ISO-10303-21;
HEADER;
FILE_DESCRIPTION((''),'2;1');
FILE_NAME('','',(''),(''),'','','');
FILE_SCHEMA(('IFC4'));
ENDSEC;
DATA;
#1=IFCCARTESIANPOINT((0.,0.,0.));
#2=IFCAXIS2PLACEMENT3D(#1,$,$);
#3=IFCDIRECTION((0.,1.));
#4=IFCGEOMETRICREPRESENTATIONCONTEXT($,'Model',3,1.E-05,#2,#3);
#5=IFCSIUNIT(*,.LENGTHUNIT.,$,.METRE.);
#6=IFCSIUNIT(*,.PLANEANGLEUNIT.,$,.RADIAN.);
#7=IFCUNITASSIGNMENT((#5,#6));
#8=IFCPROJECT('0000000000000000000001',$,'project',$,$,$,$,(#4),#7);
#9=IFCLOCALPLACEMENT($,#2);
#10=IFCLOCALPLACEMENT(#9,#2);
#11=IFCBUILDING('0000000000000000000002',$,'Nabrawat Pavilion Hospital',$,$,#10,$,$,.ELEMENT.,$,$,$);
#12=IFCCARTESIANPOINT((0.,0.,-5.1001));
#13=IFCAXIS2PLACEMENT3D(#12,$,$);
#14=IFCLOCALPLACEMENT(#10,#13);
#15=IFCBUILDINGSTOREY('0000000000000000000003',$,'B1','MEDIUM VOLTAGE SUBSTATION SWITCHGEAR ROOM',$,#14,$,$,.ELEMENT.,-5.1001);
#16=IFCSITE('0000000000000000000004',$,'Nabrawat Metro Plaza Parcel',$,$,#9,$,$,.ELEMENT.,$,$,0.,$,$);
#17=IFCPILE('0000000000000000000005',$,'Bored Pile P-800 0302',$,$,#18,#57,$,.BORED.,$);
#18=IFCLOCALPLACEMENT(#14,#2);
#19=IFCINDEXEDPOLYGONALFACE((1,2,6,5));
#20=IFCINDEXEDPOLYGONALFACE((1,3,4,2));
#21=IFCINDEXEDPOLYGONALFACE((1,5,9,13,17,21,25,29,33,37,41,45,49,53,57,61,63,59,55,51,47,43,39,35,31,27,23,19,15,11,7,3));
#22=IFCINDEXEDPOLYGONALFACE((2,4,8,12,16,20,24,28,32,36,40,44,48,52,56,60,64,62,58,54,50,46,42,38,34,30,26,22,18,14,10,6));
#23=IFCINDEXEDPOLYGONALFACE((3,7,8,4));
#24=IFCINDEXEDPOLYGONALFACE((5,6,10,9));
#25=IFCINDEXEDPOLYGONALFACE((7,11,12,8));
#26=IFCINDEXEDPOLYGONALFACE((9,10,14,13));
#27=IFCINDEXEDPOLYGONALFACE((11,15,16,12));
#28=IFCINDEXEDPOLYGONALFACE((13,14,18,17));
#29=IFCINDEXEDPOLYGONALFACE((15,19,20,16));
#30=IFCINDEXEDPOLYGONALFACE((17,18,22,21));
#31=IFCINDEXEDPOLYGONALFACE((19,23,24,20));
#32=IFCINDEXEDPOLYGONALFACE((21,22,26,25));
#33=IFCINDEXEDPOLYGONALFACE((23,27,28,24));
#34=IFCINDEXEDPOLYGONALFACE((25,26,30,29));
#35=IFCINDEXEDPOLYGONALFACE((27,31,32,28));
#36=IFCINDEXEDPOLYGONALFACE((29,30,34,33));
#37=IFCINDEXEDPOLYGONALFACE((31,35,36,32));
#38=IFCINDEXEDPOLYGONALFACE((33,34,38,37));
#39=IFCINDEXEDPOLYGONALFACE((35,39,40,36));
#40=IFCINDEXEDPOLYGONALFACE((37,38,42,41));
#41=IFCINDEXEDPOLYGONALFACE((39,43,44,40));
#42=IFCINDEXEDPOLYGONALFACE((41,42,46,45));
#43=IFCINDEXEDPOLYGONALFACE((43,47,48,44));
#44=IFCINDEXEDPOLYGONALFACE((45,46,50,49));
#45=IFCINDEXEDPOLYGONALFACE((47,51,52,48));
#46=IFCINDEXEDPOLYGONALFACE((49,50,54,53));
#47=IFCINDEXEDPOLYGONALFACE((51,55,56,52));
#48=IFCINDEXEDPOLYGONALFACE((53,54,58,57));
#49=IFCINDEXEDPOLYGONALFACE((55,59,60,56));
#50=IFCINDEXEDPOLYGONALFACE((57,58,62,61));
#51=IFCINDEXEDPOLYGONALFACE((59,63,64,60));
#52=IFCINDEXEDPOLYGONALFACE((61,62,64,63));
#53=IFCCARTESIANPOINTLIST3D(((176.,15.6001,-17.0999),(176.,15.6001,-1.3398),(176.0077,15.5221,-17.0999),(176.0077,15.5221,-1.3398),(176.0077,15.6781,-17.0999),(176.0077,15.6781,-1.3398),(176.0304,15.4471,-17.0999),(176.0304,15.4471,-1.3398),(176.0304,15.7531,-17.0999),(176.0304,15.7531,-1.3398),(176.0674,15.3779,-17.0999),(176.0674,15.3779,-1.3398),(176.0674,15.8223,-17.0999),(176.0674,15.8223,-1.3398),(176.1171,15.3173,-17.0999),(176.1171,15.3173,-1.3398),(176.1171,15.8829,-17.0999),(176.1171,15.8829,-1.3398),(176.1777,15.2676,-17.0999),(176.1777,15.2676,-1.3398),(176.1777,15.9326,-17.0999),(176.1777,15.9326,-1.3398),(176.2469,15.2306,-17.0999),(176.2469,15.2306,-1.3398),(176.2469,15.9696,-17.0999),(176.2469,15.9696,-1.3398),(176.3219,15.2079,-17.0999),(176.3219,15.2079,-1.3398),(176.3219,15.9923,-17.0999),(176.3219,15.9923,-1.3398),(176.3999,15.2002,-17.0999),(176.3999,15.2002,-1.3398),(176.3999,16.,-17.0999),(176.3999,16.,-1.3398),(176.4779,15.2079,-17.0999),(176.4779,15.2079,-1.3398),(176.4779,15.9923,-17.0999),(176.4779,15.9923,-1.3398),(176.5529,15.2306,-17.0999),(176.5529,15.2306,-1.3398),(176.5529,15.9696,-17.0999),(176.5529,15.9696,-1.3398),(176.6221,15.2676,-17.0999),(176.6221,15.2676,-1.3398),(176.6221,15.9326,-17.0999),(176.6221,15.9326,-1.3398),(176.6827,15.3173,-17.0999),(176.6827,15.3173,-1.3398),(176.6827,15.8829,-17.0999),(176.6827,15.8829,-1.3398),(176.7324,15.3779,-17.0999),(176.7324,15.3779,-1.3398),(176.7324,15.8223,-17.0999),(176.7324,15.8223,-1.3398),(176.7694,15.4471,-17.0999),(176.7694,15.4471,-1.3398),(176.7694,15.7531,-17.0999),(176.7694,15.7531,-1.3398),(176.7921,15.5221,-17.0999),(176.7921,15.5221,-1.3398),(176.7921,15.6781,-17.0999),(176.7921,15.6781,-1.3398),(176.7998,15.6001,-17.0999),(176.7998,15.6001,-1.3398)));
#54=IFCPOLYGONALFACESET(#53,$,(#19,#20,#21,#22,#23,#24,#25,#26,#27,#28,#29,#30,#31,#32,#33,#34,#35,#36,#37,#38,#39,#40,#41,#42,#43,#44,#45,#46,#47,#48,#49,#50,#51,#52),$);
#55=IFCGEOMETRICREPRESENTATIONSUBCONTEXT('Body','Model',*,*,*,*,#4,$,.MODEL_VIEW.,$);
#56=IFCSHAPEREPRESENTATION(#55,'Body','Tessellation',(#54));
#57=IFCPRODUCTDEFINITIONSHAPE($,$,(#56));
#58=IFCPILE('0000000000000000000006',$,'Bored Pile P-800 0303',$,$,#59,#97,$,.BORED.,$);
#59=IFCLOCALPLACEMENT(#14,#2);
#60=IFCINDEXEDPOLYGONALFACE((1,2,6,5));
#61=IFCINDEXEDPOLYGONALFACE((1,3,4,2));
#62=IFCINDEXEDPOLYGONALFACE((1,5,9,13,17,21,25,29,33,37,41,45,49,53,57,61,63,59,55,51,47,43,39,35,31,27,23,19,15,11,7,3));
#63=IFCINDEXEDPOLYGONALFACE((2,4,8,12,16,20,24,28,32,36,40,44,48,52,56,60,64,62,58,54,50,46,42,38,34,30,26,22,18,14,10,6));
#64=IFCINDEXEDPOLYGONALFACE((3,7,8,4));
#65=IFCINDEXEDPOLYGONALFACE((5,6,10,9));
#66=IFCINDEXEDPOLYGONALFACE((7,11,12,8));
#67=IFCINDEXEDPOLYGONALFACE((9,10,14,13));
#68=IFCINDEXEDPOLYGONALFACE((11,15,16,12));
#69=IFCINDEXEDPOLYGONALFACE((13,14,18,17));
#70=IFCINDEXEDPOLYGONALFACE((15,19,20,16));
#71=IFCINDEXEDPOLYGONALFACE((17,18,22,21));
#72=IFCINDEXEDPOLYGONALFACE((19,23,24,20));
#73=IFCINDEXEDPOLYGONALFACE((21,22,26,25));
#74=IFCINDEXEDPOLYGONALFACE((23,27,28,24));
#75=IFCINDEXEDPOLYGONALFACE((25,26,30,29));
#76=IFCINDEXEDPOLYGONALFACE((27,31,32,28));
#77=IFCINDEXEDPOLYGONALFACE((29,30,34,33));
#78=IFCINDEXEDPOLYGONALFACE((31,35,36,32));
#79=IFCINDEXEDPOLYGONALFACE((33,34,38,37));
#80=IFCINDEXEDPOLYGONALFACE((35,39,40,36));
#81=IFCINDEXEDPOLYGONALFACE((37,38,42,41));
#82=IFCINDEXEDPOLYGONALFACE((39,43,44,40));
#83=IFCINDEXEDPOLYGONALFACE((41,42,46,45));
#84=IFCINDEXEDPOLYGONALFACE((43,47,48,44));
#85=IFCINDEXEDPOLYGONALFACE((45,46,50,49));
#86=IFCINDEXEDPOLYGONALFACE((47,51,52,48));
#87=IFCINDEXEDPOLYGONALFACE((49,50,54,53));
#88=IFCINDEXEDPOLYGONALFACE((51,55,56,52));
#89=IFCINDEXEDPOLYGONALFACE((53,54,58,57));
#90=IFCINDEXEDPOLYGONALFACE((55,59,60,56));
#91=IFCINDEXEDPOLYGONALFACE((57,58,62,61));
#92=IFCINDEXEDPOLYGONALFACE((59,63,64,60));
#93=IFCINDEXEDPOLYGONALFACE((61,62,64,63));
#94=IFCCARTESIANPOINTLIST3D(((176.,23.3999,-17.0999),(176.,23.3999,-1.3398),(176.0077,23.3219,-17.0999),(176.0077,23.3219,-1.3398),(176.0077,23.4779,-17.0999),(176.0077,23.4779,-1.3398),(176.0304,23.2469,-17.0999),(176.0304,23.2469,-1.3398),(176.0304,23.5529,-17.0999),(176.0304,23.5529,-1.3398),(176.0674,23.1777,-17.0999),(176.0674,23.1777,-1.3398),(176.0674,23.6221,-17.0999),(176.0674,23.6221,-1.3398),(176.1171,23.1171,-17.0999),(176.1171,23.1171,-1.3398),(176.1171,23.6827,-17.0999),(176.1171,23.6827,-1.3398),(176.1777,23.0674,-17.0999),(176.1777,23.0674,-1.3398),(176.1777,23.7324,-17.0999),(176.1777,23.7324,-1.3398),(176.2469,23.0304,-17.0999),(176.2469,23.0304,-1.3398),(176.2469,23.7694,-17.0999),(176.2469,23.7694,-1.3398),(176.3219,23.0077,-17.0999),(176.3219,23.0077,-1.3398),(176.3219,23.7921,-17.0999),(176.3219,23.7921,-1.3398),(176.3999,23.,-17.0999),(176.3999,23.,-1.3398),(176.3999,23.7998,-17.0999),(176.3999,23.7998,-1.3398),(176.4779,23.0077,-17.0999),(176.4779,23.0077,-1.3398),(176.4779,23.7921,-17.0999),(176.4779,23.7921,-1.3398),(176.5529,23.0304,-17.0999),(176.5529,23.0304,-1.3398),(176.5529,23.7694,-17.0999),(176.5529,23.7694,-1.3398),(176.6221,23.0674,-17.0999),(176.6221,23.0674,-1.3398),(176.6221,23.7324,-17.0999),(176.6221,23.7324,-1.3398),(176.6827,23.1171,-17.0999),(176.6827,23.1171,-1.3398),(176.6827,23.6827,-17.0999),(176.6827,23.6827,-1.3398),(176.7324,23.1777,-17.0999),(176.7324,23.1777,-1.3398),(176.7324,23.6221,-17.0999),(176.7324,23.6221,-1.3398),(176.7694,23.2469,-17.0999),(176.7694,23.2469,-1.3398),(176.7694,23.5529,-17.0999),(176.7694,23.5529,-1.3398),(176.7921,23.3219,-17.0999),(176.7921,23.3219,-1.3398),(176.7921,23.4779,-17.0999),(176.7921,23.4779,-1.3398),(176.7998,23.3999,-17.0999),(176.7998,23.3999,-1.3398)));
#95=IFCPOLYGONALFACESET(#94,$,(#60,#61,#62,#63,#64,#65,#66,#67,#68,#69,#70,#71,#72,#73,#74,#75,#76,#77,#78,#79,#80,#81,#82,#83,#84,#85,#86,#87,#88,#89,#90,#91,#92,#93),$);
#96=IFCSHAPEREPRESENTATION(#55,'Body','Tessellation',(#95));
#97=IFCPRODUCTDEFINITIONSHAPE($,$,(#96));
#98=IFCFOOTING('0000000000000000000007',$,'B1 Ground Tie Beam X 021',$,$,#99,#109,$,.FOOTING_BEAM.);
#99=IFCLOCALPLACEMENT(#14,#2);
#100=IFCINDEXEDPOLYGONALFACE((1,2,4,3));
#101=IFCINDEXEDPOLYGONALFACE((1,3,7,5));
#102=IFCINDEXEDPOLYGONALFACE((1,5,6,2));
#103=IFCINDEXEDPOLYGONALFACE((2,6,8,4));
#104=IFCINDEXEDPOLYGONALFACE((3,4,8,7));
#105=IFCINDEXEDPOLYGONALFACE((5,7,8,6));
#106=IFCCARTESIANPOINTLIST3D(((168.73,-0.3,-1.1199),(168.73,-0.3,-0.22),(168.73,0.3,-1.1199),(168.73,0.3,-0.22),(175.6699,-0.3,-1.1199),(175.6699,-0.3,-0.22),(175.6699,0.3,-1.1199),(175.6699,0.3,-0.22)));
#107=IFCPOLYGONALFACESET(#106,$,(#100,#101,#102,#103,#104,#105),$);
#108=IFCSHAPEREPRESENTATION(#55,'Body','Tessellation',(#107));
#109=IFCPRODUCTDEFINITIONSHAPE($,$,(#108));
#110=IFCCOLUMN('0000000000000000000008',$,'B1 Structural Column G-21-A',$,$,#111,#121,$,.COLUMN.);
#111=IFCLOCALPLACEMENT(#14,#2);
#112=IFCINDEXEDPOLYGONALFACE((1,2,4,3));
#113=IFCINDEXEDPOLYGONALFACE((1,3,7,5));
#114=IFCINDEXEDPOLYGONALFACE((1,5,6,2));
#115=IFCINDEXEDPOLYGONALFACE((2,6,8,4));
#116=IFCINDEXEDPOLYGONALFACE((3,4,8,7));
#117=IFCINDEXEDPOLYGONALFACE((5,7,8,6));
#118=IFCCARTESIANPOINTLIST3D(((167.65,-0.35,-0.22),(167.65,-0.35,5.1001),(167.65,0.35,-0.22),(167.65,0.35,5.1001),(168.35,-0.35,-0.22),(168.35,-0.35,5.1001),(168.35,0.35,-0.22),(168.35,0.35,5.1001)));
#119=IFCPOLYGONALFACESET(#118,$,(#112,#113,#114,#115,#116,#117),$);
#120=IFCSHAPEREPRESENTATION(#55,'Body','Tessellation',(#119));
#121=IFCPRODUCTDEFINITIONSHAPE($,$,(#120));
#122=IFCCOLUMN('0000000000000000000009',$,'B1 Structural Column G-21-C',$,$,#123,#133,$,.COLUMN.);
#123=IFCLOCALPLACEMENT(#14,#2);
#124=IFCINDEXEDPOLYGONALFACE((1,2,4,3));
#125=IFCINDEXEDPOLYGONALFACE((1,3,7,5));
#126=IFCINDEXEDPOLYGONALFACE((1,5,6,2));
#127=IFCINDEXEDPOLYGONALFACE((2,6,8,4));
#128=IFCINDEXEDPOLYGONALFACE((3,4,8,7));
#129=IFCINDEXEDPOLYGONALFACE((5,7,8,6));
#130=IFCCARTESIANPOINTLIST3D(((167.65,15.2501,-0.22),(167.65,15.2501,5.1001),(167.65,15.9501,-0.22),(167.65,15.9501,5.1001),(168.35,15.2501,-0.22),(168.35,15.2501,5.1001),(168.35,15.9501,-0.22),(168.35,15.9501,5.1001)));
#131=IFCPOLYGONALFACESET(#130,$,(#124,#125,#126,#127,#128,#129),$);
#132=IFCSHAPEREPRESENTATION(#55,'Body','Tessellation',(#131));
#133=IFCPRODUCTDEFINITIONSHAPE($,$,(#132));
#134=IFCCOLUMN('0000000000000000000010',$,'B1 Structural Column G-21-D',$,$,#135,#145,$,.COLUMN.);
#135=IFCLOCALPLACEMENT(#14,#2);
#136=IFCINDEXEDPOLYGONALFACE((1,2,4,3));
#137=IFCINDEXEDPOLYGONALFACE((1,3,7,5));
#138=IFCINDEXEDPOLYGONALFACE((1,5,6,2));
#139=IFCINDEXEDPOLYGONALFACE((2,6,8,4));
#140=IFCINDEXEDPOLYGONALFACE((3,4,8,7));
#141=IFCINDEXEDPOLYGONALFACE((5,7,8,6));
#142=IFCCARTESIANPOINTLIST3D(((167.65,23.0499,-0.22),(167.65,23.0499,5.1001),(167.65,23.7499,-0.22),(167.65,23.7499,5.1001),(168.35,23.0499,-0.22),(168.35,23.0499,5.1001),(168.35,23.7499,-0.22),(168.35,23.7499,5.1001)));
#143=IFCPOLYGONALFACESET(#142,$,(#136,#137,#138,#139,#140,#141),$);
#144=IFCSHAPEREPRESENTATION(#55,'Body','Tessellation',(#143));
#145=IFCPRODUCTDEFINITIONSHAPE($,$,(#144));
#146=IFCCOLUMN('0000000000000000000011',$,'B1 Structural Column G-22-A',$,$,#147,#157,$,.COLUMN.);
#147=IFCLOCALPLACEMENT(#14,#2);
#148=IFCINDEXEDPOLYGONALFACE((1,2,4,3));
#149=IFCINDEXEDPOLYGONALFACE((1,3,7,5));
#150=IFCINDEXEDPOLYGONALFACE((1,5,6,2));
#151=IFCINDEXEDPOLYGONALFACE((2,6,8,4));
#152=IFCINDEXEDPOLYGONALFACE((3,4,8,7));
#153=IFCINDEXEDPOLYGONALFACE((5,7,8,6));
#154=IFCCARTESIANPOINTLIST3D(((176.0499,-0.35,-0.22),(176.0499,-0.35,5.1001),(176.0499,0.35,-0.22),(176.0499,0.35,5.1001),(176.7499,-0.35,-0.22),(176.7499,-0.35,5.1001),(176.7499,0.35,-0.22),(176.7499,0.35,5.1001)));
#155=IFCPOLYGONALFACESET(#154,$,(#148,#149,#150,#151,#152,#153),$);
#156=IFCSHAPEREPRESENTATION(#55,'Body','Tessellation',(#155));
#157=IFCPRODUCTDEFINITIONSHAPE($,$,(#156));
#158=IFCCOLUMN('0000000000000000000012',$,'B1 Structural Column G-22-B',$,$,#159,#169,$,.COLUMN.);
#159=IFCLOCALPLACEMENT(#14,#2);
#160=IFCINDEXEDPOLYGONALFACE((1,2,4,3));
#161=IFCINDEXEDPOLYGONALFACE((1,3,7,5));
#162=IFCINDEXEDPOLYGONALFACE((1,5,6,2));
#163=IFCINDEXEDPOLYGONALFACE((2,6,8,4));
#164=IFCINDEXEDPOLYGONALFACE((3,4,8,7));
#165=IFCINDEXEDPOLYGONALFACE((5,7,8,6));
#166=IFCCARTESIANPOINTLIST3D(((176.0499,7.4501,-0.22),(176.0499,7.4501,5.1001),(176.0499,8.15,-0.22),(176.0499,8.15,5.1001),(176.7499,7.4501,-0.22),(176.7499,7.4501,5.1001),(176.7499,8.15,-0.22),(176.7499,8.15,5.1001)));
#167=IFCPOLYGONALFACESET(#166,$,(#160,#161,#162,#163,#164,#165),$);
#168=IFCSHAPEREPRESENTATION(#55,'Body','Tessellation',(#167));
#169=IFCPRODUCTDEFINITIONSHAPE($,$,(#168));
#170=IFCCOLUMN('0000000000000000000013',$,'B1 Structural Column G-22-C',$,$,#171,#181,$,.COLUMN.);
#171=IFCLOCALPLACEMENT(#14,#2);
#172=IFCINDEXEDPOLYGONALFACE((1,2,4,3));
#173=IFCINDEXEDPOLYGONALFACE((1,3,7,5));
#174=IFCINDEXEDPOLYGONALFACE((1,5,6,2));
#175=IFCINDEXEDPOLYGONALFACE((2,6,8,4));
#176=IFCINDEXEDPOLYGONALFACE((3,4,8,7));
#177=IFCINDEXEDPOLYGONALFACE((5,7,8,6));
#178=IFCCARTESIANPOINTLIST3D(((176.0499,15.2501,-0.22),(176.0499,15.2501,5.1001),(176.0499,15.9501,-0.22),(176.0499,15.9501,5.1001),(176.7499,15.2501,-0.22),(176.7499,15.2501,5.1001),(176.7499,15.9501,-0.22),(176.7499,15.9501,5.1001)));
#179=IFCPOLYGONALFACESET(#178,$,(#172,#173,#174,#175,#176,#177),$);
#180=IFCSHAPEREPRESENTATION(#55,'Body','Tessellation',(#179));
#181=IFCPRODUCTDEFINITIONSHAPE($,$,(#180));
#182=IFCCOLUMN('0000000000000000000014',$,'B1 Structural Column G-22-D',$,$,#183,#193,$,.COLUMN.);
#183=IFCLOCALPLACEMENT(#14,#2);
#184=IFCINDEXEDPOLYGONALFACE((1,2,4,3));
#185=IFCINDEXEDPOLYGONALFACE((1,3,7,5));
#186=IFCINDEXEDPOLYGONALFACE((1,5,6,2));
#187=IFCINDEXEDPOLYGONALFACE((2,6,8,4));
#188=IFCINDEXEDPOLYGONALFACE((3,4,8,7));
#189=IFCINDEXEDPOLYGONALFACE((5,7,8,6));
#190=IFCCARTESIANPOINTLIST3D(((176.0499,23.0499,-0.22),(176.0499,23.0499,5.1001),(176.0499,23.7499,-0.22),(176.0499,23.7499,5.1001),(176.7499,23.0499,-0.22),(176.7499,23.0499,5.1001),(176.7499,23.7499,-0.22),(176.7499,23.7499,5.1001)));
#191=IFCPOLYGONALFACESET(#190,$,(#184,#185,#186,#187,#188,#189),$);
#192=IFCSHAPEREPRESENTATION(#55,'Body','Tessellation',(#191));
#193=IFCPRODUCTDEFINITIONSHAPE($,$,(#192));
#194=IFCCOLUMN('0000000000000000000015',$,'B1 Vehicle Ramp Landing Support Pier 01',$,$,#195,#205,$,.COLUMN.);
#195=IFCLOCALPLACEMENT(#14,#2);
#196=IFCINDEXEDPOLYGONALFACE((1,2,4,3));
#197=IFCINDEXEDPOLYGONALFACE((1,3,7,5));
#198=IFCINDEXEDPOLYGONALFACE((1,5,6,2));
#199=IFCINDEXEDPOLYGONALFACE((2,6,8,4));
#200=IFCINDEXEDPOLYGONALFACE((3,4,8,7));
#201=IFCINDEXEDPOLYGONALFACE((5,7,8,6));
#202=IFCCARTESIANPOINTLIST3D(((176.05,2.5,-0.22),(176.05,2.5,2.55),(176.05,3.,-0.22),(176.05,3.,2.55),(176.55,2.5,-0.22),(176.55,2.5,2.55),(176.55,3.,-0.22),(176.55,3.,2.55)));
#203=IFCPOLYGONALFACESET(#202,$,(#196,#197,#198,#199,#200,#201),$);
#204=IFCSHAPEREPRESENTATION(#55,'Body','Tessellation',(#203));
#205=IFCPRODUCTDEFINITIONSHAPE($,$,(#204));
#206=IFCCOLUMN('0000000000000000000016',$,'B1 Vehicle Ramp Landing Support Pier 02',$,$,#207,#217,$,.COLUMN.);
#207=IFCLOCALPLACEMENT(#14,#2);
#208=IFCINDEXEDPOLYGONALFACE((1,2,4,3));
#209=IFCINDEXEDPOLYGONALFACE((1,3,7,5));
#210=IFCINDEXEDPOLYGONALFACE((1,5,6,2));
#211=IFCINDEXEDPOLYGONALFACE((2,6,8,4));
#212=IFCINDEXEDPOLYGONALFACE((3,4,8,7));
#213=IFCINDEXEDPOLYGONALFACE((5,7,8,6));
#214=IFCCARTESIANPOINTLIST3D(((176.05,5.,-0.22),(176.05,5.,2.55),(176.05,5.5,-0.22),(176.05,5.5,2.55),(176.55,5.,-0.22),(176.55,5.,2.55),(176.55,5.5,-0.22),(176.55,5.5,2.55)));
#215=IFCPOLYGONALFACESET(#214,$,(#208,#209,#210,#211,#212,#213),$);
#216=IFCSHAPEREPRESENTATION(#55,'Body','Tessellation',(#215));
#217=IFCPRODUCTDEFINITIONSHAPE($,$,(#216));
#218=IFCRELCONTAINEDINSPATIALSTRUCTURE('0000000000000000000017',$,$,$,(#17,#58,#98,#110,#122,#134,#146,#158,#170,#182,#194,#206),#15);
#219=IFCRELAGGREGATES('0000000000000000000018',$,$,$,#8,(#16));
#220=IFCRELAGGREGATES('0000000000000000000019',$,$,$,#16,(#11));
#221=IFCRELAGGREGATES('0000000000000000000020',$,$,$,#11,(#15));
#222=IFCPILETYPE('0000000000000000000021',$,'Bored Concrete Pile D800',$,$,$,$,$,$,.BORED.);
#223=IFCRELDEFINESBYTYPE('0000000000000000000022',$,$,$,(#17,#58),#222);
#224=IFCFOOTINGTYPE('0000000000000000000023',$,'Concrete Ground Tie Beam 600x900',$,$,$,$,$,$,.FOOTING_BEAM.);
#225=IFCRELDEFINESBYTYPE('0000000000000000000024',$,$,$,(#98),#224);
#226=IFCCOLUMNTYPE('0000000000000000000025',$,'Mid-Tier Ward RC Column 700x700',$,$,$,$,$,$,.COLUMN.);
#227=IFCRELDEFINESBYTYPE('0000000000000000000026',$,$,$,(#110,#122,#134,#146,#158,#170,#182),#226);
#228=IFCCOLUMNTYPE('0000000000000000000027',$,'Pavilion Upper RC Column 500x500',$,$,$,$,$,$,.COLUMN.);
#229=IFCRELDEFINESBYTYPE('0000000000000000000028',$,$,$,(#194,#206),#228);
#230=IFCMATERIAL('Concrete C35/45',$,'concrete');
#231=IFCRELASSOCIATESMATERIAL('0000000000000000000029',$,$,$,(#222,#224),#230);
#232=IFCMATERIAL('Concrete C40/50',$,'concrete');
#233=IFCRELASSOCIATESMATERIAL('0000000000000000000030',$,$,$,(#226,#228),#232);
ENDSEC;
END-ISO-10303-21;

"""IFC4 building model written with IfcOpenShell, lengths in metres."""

from ifc_helpers import new_model, si_unit, direction, frame, origin, origin_2d, place, context, subcontext, project, spatial, rectangle, circle, extrude, material, material_profile, profile_set, type_object, element, save


model = new_model("IFC4")

# Units and contexts
model_context = context("Model", 3, precision=1e-05, world=origin(), true_north=direction((0.0, 1.0)))
body_context = subcontext(model_context, "Body", "Model", "MODEL_VIEW")
ifc_project = project(units=[si_unit("LENGTHUNIT", "METRE"), si_unit("PLANEANGLEUNIT", "RADIAN")], contexts=[model_context])

# Site, building, storey
site_placement = place(None, origin())
site = spatial("IfcSite", under=ifc_project, at=site_placement, Name="Nabrawat Metro Plaza Parcel", CompositionType="ELEMENT", RefElevation=0.0)
building_placement = place(site_placement, origin())
building = spatial("IfcBuilding", under=site, at=building_placement, Name="Nabrawat Pavilion Hospital", CompositionType="ELEMENT")
storey_placement = place(building_placement, frame((0.0, 0.0, -5.1001)))
storey = spatial("IfcBuildingStorey", under=building, at=storey_placement, Name="B1", Description="MEDIUM VOLTAGE SUBSTATION SWITCHGEAR ROOM", CompositionType="ELEMENT", Elevation=-5.1001)

# Piles
ifc_material_1 = material(Name="Concrete C35/45", Category="concrete")
ifc_material_profile_1 = material_profile(ifc_material_1, circle(Radius=0.3999, at=origin_2d()), Name="DIA 800")
ifc_profile_set_1 = profile_set([ifc_material_profile_1], Name="Concrete C35/45")
pile_type = type_object("IfcPileType", Name="Bored Concrete Pile D800", PredefinedType="BORED", material=ifc_profile_set_1)
for number, where, z_axis, x_axis, name in (
    (1, (176.3999, 15.6001, -1.3398), (0.0, 0.0, -1.0), (1.0, 0.0, 0.0), "Bored Pile P-800 0302"),
    (2, (176.3999, 23.3999, -1.3398), (0.0, 0.0, -1.0), (1.0, 0.0, 0.0), "Bored Pile P-800 0303"),
):
    element("IfcPile", number, at=place(storey_placement, frame(where, z_axis=z_axis, x_axis=x_axis)), inside=storey, type_object=pile_type, Name=name, PredefinedType="BORED", context=body_context, shape_type="SweptSolid", body=[
        extrude(circle(Radius=0.3999, at=origin_2d()), origin(), (0.0, 0.0, 1.0), 15.76),
    ])

# Footing
ifc_material_profile_2 = material_profile(ifc_material_1, rectangle(XDim=0.6001, YDim=0.8999, at=origin_2d()), Name="RC 600x900")
ifc_profile_set_2 = profile_set([ifc_material_profile_2], Name="Concrete C35/45")
footing_type = type_object("IfcFootingType", Name="Concrete Ground Tie Beam 600x900", PredefinedType="FOOTING_BEAM", material=ifc_profile_set_2)
footing_placement = place(storey_placement, frame((168.73, 0.0, -0.6699), z_axis=(1.0, 0.0, 0.0), x_axis=(0.0, 1.0, 0.0)))
element("IfcFooting", 3, at=footing_placement, inside=storey, type_object=footing_type, Name="B1 Ground Tie Beam X 021", PredefinedType="FOOTING_BEAM", context=body_context, shape_type="SweptSolid", body=[
    extrude(rectangle(XDim=0.6001, YDim=0.8999, at=origin_2d()), origin(), (0.0, 0.0, 1.0), 6.9399),
])

# Columns
ifc_material_2 = material(Name="Concrete C40/50", Category="concrete")
ifc_material_profile_3 = material_profile(ifc_material_2, rectangle(XDim=0.7, YDim=0.7, at=origin_2d()), Name="RC 700x700")
ifc_profile_set_3 = profile_set([ifc_material_profile_3], Name="Concrete C40/50")
column_type_1 = type_object("IfcColumnType", Name="Mid-Tier Ward RC Column 700x700", PredefinedType="COLUMN", material=ifc_profile_set_3)
for number, where, z_axis, x_axis, name in (
    (4, (168.0, 0.0, -0.22), (0.0, 0.0, 1.0), (1.0, 0.0, 0.0), "B1 Structural Column G-21-A"),
    (5, (168.0, 15.6001, -0.22), (0.0, 0.0, 1.0), (1.0, 0.0, 0.0), "B1 Structural Column G-21-C"),
    (6, (168.0, 23.3999, -0.22), (0.0, 0.0, 1.0), (1.0, 0.0, 0.0), "B1 Structural Column G-21-D"),
    (7, (176.3999, 0.0, -0.22), (0.0, 0.0, 1.0), (1.0, 0.0, 0.0), "B1 Structural Column G-22-A"),
    (8, (176.3999, 7.8, -0.22), (0.0, 0.0, 1.0), (1.0, 0.0, 0.0), "B1 Structural Column G-22-B"),
    (9, (176.3999, 15.6001, -0.22), (0.0, 0.0, 1.0), (1.0, 0.0, 0.0), "B1 Structural Column G-22-C"),
    (10, (176.3999, 23.3999, -0.22), (0.0, 0.0, 1.0), (1.0, 0.0, 0.0), "B1 Structural Column G-22-D"),
):
    element("IfcColumn", number, at=place(storey_placement, frame(where, z_axis=z_axis, x_axis=x_axis)), inside=storey, type_object=column_type_1, Name=name, PredefinedType="COLUMN", context=body_context, shape_type="SweptSolid", body=[
        extrude(rectangle(XDim=0.7, YDim=0.7, at=origin_2d()), origin(), (0.0, 0.0, 1.0), 5.3201),
    ])
ifc_material_profile_4 = material_profile(ifc_material_2, rectangle(XDim=0.5, YDim=0.5, at=origin_2d()), Name="RC 500x500")
ifc_profile_set_4 = profile_set([ifc_material_profile_4], Name="Concrete C40/50")
column_type_2 = type_object("IfcColumnType", Name="Pavilion Upper RC Column 500x500", PredefinedType="COLUMN", material=ifc_profile_set_4)
for number, where, z_axis, x_axis, name in (
    (11, (176.3, 2.75, -0.22), (0.0, 0.0, 1.0), (1.0, 0.0, 0.0), "B1 Vehicle Ramp Landing Support Pier 01"),
    (12, (176.3, 5.25, -0.22), (0.0, 0.0, 1.0), (1.0, 0.0, 0.0), "B1 Vehicle Ramp Landing Support Pier 02"),
):
    element("IfcColumn", number, at=place(storey_placement, frame(where, z_axis=z_axis, x_axis=x_axis)), inside=storey, type_object=column_type_2, Name=name, PredefinedType="COLUMN", context=body_context, shape_type="SweptSolid", body=[
        extrude(rectangle(XDim=0.5, YDim=0.5, at=origin_2d()), origin(), (0.0, 0.0, 1.0), 2.77),
    ])

save(model, "model.ifc")
